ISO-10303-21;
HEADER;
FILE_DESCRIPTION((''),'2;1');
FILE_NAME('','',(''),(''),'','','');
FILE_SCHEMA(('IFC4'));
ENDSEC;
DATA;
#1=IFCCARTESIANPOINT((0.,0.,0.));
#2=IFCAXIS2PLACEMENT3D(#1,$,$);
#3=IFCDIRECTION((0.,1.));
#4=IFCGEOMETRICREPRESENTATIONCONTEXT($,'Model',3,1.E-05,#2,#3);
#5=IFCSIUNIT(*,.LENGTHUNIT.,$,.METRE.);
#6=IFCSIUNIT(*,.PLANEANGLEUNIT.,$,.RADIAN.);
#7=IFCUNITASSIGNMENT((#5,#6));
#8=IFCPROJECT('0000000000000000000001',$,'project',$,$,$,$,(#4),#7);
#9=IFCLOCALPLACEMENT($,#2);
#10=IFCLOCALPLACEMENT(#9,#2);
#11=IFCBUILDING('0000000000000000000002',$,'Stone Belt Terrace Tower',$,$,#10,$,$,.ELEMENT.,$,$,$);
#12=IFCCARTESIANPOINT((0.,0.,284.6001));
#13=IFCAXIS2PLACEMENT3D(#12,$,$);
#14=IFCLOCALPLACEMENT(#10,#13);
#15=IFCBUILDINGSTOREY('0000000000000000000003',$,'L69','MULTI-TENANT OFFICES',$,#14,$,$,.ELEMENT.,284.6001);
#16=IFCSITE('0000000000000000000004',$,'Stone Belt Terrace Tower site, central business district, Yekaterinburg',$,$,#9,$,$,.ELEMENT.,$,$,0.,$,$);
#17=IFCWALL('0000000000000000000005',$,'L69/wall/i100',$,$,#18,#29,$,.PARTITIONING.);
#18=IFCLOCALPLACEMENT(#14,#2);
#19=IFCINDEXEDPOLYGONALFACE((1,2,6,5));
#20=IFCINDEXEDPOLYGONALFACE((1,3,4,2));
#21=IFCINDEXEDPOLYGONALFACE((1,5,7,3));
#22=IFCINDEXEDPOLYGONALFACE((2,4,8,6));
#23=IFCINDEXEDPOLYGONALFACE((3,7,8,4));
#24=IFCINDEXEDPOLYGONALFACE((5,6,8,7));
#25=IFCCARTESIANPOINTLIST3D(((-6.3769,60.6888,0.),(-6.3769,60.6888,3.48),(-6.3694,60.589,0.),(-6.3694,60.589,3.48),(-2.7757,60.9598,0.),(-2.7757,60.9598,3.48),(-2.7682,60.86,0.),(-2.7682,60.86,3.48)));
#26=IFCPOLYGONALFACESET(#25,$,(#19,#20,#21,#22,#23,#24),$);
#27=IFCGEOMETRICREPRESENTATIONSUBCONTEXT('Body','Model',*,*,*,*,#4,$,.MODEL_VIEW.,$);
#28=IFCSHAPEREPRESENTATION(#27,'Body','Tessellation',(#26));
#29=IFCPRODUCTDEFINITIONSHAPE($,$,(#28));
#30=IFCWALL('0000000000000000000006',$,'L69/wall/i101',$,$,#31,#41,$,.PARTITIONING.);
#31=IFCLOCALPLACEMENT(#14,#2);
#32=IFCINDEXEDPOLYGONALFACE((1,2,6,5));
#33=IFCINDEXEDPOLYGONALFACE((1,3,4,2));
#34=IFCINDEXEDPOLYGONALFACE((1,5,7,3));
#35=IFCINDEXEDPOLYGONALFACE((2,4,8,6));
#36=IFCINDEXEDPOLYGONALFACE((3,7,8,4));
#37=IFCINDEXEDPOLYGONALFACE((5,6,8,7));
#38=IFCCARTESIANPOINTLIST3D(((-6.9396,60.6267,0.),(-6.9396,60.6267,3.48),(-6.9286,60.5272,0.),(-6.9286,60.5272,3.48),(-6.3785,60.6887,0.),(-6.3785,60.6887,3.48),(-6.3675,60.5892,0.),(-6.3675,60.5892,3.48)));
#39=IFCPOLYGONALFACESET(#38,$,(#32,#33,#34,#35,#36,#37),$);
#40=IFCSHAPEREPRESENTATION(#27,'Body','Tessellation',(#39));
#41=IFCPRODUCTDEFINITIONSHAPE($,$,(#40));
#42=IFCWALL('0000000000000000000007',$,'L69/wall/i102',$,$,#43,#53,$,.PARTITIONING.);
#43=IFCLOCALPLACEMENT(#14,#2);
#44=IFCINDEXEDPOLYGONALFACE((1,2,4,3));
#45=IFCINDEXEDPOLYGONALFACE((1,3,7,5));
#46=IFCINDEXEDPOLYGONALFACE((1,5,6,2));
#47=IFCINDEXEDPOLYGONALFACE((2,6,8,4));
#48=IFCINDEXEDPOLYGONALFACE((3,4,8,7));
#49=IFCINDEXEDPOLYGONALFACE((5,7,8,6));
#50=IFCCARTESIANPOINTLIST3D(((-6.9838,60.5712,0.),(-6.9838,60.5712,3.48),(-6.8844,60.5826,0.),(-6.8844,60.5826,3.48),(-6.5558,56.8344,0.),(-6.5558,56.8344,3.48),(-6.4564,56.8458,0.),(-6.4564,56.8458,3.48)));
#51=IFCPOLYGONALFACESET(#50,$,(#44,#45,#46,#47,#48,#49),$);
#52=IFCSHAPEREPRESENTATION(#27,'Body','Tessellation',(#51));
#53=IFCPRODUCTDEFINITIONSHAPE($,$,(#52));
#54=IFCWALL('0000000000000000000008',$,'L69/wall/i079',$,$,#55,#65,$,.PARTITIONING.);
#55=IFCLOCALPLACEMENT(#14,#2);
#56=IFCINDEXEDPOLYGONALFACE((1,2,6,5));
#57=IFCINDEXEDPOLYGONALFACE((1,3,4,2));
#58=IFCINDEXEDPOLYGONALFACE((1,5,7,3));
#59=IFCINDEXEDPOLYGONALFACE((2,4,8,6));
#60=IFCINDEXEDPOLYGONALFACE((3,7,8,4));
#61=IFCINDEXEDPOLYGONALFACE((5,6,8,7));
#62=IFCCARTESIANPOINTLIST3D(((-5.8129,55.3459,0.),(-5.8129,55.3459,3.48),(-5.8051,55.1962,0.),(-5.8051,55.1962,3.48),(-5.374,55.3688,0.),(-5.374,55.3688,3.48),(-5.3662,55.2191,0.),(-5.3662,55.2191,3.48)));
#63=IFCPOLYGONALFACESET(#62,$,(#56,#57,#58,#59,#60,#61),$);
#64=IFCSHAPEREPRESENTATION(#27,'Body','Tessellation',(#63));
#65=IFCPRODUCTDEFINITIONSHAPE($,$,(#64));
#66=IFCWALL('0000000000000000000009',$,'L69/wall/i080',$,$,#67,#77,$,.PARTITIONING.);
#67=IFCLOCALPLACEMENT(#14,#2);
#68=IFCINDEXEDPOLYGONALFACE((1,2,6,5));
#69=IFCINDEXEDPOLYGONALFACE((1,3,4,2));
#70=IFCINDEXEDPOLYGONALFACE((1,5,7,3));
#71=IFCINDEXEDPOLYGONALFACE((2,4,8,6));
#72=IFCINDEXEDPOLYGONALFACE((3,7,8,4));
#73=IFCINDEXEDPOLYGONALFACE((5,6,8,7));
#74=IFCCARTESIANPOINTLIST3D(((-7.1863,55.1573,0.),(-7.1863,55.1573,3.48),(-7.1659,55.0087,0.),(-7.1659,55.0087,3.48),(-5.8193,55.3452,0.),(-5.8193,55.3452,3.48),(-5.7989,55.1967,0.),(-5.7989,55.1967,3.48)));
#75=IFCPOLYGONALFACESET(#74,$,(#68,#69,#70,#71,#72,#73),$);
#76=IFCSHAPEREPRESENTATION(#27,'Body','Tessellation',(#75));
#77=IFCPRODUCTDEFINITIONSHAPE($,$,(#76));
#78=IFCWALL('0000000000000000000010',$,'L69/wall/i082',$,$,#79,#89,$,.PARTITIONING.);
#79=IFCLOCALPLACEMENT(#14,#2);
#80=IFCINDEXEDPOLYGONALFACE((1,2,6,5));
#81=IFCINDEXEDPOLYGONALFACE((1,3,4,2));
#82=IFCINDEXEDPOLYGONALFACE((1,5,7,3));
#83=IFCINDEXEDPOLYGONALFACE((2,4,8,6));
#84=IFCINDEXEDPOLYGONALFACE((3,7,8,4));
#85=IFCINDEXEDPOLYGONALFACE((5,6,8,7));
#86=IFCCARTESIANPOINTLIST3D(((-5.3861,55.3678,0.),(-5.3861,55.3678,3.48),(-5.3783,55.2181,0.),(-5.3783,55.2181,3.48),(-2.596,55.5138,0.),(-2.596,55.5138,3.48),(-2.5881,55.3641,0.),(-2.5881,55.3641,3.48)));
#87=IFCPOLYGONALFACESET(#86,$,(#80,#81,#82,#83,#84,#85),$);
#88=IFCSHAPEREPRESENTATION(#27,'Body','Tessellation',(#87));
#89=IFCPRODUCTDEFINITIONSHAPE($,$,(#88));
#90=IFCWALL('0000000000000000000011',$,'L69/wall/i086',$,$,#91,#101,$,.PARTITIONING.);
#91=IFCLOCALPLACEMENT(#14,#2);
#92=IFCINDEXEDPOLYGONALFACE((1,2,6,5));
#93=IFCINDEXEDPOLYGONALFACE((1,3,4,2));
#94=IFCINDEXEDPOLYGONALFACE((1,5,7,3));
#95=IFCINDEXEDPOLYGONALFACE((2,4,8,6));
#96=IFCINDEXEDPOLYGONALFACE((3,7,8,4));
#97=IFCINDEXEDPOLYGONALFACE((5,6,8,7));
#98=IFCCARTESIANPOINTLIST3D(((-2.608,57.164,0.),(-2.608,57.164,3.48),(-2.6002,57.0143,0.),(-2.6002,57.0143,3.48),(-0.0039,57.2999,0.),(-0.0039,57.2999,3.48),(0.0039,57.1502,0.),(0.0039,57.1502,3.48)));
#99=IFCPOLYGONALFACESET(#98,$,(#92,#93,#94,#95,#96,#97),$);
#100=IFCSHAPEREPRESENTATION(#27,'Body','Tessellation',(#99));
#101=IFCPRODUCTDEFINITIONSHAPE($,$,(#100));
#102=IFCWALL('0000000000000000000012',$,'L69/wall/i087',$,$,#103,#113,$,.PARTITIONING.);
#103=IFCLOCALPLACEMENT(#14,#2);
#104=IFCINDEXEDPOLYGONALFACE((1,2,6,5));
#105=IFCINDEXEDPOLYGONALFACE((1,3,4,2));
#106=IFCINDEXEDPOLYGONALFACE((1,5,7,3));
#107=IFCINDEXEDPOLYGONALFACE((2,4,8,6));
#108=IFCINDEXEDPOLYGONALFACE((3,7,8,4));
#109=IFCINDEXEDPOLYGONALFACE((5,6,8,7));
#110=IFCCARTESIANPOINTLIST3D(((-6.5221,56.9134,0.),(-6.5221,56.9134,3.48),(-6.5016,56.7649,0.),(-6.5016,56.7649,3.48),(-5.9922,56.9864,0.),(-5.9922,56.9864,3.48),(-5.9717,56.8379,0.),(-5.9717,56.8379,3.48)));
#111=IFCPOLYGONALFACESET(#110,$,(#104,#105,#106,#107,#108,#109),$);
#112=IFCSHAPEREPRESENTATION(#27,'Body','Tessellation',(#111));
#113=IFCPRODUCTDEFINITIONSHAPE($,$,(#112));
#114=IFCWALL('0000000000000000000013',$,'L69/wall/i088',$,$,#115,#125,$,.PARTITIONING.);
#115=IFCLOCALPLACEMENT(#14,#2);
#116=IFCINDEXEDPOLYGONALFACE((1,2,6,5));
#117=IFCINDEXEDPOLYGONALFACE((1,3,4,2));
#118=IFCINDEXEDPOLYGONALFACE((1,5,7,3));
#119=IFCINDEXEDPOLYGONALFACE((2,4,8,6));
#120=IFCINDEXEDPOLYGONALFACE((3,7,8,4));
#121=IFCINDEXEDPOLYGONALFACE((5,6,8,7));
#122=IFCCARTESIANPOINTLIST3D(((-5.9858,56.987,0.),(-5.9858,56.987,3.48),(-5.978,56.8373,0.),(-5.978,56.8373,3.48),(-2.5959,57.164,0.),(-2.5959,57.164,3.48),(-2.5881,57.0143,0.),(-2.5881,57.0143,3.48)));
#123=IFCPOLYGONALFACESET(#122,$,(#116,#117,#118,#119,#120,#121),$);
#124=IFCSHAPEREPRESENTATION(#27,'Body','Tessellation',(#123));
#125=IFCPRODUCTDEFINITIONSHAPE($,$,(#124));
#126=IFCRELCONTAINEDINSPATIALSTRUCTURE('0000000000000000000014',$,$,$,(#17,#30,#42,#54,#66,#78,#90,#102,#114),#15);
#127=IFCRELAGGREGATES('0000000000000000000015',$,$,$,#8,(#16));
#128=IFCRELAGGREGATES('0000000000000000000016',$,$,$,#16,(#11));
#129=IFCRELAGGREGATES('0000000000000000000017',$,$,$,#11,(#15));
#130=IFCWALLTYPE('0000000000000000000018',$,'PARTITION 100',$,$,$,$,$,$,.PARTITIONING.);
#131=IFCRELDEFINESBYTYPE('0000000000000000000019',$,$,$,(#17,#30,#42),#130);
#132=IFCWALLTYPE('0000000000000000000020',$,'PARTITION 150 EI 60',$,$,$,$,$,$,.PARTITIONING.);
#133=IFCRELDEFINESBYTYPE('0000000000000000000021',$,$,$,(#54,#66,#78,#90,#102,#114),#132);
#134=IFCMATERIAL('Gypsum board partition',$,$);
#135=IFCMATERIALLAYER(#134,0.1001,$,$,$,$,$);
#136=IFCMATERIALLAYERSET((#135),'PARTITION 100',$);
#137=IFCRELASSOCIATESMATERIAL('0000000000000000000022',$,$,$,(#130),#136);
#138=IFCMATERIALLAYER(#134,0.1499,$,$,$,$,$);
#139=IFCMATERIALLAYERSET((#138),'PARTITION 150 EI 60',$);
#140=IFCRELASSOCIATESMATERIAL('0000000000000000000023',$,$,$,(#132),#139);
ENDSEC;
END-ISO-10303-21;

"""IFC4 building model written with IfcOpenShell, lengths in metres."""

from ifc_helpers import new_model, si_unit, direction, frame, frame_2d, origin, place, context, subcontext, project, spatial, rectangle, extrude, material, layer, layer_set, type_object, element, save


model = new_model("IFC4")

# Units and contexts
model_context = context("Model", 3, precision=1e-05, world=origin(), true_north=direction((0.0, 1.0)))
body_context = subcontext(model_context, "Body", "Model", "MODEL_VIEW")
ifc_project = project(units=[si_unit("LENGTHUNIT", "METRE"), si_unit("PLANEANGLEUNIT", "RADIAN")], contexts=[model_context])

# Site, building, storey
site_placement = place(None, origin())
site = spatial("IfcSite", under=ifc_project, at=site_placement, Name="Stone Belt Terrace Tower site, central business district, Yekaterinburg", CompositionType="ELEMENT", RefElevation=0.0)
building_placement = place(site_placement, origin())
building = spatial("IfcBuilding", under=site, at=building_placement, Name="Stone Belt Terrace Tower", CompositionType="ELEMENT")
storey_placement = place(building_placement, frame((0.0, 0.0, 284.6001)))
storey = spatial("IfcBuildingStorey", under=building, at=storey_placement, Name="L69", Description="MULTI-TENANT OFFICES", CompositionType="ELEMENT", Elevation=284.6001)

# Shared definitions
ifc_material_1 = material(Name="Gypsum board partition")
ifc_layer_1 = layer(ifc_material_1, 0.1001)
ifc_layer_set_1 = layer_set([ifc_layer_1], Name="PARTITION 100")
wall_type_1 = type_object("IfcWallType", Name="PARTITION 100", PredefinedType="PARTITIONING", material=ifc_layer_set_1)

# Walls
wall_1_placement = place(storey_placement, frame((-2.772, 60.9099, 0.0), z_axis=(0.0, 0.0, 1.0), x_axis=(-0.99718, -0.075042, 0.0)))
element("IfcWall", 1, at=wall_1_placement, inside=storey, type_object=wall_type_1, Name="L69/wall/i100", PredefinedType="PARTITIONING", context=body_context, shape_type="SweptSolid", body=[
    extrude(rectangle(XDim=3.6113, YDim=0.1001, at=frame_2d((1.8057, 0.0))), origin(), (0.0, 0.0, 1.0), 3.48),
])
wall_2_placement = place(storey_placement, frame((-6.373, 60.6389, 0.0), z_axis=(0.0, 0.0, 1.0), x_axis=(-0.993947, -0.109862, 0.0)))
element("IfcWall", 2, at=wall_2_placement, inside=storey, type_object=wall_type_1, Name="L69/wall/i101", PredefinedType="PARTITIONING", context=body_context, shape_type="SweptSolid", body=[
    extrude(rectangle(XDim=0.5645, YDim=0.1001, at=frame_2d((0.2822, 0.0))), origin(), (0.0, 0.0, 1.0), 3.48),
])
wall_3_placement = place(storey_placement, frame((-6.9341, 60.5769, 0.0), z_axis=(0.0, 0.0, 1.0), x_axis=(0.113786, -0.993505, 0.0)))
element("IfcWall", 3, at=wall_3_placement, inside=storey, type_object=wall_type_1, Name="L69/wall/i102", PredefinedType="PARTITIONING", context=body_context, shape_type="SweptSolid", body=[
    extrude(rectangle(XDim=3.7612, YDim=0.1001, at=frame_2d((1.8806, 0.0))), origin(), (0.0, 0.0, 1.0), 3.48),
])
ifc_layer_2 = layer(ifc_material_1, 0.1499)
ifc_layer_set_2 = layer_set([ifc_layer_2], Name="PARTITION 150 EI 60")
wall_type_2 = type_object("IfcWallType", Name="PARTITION 150 EI 60", PredefinedType="PARTITIONING", material=ifc_layer_set_2)
wall_4_placement = place(storey_placement, frame((-5.3701, 55.2939, 0.0), z_axis=(0.0, 0.0, 1.0), x_axis=(-0.998636, -0.052209, 0.0)))
element("IfcWall", 4, at=wall_4_placement, inside=storey, type_object=wall_type_2, Name="L69/wall/i079", PredefinedType="PARTITIONING", context=body_context, shape_type="SweptSolid", body=[
    extrude(rectangle(XDim=0.4395, YDim=0.1499, at=frame_2d((0.2197, 0.0))), origin(), (0.0, 0.0, 1.0), 3.48),
])
wall_5_placement = place(storey_placement, frame((-5.8091, 55.271, 0.0), z_axis=(0.0, 0.0, 1.0), x_axis=(-0.990676, -0.136242, 0.0)))
element("IfcWall", 5, at=wall_5_placement, inside=storey, type_object=wall_type_2, Name="L69/wall/i080", PredefinedType="PARTITIONING", context=body_context, shape_type="SweptSolid", body=[
    extrude(rectangle(XDim=1.3799, YDim=0.1499, at=frame_2d((0.6899, 0.0))), origin(), (0.0, 0.0, 1.0), 3.48),
])
wall_6_placement = place(storey_placement, frame((-2.592, 55.439, 0.0), z_axis=(0.0, 0.0, 1.0), x_axis=(-0.998634, -0.052256, 0.0)))
element("IfcWall", 6, at=wall_6_placement, inside=storey, type_object=wall_type_2, Name="L69/wall/i082", PredefinedType="PARTITIONING", context=body_context, shape_type="SweptSolid", body=[
    extrude(rectangle(XDim=2.7939, YDim=0.1499, at=frame_2d((1.397, 0.0))), origin(), (0.0, 0.0, 1.0), 3.48),
])
wall_7_placement = place(storey_placement, frame((-2.604, 57.0891, 0.0), z_axis=(0.0, 0.0, 1.0), x_axis=(0.998639, 0.052151, 0.0)))
element("IfcWall", 7, at=wall_7_placement, inside=storey, type_object=wall_type_2, Name="L69/wall/i086", PredefinedType="PARTITIONING", context=body_context, shape_type="SweptSolid", body=[
    extrude(rectangle(XDim=2.6077, YDim=0.1499, at=frame_2d((1.3037, 0.0))), origin(), (0.0, 0.0, 1.0), 3.48),
])
wall_8_placement = place(storey_placement, frame((-6.512, 56.8391, 0.0), z_axis=(0.0, 0.0, 1.0), x_axis=(0.990649, 0.136437, 0.0)))
element("IfcWall", 8, at=wall_8_placement, inside=storey, type_object=wall_type_2, Name="L69/wall/i087", PredefinedType="PARTITIONING", context=body_context, shape_type="SweptSolid", body=[
    extrude(rectangle(XDim=0.5349, YDim=0.1499, at=frame_2d((0.2676, 0.0))), origin(), (0.0, 0.0, 1.0), 3.48),
])
wall_9_placement = place(storey_placement, frame((-5.9819, 56.9121, 0.0), z_axis=(0.0, 0.0, 1.0), x_axis=(0.99864, 0.052144, 0.0)))
element("IfcWall", 9, at=wall_9_placement, inside=storey, type_object=wall_type_2, Name="L69/wall/i088", PredefinedType="PARTITIONING", context=body_context, shape_type="SweptSolid", body=[
    extrude(rectangle(XDim=3.3945, YDim=0.1499, at=frame_2d((1.6973, 0.0))), origin(), (0.0, 0.0, 1.0), 3.48),
])

save(model, "model.ifc")
